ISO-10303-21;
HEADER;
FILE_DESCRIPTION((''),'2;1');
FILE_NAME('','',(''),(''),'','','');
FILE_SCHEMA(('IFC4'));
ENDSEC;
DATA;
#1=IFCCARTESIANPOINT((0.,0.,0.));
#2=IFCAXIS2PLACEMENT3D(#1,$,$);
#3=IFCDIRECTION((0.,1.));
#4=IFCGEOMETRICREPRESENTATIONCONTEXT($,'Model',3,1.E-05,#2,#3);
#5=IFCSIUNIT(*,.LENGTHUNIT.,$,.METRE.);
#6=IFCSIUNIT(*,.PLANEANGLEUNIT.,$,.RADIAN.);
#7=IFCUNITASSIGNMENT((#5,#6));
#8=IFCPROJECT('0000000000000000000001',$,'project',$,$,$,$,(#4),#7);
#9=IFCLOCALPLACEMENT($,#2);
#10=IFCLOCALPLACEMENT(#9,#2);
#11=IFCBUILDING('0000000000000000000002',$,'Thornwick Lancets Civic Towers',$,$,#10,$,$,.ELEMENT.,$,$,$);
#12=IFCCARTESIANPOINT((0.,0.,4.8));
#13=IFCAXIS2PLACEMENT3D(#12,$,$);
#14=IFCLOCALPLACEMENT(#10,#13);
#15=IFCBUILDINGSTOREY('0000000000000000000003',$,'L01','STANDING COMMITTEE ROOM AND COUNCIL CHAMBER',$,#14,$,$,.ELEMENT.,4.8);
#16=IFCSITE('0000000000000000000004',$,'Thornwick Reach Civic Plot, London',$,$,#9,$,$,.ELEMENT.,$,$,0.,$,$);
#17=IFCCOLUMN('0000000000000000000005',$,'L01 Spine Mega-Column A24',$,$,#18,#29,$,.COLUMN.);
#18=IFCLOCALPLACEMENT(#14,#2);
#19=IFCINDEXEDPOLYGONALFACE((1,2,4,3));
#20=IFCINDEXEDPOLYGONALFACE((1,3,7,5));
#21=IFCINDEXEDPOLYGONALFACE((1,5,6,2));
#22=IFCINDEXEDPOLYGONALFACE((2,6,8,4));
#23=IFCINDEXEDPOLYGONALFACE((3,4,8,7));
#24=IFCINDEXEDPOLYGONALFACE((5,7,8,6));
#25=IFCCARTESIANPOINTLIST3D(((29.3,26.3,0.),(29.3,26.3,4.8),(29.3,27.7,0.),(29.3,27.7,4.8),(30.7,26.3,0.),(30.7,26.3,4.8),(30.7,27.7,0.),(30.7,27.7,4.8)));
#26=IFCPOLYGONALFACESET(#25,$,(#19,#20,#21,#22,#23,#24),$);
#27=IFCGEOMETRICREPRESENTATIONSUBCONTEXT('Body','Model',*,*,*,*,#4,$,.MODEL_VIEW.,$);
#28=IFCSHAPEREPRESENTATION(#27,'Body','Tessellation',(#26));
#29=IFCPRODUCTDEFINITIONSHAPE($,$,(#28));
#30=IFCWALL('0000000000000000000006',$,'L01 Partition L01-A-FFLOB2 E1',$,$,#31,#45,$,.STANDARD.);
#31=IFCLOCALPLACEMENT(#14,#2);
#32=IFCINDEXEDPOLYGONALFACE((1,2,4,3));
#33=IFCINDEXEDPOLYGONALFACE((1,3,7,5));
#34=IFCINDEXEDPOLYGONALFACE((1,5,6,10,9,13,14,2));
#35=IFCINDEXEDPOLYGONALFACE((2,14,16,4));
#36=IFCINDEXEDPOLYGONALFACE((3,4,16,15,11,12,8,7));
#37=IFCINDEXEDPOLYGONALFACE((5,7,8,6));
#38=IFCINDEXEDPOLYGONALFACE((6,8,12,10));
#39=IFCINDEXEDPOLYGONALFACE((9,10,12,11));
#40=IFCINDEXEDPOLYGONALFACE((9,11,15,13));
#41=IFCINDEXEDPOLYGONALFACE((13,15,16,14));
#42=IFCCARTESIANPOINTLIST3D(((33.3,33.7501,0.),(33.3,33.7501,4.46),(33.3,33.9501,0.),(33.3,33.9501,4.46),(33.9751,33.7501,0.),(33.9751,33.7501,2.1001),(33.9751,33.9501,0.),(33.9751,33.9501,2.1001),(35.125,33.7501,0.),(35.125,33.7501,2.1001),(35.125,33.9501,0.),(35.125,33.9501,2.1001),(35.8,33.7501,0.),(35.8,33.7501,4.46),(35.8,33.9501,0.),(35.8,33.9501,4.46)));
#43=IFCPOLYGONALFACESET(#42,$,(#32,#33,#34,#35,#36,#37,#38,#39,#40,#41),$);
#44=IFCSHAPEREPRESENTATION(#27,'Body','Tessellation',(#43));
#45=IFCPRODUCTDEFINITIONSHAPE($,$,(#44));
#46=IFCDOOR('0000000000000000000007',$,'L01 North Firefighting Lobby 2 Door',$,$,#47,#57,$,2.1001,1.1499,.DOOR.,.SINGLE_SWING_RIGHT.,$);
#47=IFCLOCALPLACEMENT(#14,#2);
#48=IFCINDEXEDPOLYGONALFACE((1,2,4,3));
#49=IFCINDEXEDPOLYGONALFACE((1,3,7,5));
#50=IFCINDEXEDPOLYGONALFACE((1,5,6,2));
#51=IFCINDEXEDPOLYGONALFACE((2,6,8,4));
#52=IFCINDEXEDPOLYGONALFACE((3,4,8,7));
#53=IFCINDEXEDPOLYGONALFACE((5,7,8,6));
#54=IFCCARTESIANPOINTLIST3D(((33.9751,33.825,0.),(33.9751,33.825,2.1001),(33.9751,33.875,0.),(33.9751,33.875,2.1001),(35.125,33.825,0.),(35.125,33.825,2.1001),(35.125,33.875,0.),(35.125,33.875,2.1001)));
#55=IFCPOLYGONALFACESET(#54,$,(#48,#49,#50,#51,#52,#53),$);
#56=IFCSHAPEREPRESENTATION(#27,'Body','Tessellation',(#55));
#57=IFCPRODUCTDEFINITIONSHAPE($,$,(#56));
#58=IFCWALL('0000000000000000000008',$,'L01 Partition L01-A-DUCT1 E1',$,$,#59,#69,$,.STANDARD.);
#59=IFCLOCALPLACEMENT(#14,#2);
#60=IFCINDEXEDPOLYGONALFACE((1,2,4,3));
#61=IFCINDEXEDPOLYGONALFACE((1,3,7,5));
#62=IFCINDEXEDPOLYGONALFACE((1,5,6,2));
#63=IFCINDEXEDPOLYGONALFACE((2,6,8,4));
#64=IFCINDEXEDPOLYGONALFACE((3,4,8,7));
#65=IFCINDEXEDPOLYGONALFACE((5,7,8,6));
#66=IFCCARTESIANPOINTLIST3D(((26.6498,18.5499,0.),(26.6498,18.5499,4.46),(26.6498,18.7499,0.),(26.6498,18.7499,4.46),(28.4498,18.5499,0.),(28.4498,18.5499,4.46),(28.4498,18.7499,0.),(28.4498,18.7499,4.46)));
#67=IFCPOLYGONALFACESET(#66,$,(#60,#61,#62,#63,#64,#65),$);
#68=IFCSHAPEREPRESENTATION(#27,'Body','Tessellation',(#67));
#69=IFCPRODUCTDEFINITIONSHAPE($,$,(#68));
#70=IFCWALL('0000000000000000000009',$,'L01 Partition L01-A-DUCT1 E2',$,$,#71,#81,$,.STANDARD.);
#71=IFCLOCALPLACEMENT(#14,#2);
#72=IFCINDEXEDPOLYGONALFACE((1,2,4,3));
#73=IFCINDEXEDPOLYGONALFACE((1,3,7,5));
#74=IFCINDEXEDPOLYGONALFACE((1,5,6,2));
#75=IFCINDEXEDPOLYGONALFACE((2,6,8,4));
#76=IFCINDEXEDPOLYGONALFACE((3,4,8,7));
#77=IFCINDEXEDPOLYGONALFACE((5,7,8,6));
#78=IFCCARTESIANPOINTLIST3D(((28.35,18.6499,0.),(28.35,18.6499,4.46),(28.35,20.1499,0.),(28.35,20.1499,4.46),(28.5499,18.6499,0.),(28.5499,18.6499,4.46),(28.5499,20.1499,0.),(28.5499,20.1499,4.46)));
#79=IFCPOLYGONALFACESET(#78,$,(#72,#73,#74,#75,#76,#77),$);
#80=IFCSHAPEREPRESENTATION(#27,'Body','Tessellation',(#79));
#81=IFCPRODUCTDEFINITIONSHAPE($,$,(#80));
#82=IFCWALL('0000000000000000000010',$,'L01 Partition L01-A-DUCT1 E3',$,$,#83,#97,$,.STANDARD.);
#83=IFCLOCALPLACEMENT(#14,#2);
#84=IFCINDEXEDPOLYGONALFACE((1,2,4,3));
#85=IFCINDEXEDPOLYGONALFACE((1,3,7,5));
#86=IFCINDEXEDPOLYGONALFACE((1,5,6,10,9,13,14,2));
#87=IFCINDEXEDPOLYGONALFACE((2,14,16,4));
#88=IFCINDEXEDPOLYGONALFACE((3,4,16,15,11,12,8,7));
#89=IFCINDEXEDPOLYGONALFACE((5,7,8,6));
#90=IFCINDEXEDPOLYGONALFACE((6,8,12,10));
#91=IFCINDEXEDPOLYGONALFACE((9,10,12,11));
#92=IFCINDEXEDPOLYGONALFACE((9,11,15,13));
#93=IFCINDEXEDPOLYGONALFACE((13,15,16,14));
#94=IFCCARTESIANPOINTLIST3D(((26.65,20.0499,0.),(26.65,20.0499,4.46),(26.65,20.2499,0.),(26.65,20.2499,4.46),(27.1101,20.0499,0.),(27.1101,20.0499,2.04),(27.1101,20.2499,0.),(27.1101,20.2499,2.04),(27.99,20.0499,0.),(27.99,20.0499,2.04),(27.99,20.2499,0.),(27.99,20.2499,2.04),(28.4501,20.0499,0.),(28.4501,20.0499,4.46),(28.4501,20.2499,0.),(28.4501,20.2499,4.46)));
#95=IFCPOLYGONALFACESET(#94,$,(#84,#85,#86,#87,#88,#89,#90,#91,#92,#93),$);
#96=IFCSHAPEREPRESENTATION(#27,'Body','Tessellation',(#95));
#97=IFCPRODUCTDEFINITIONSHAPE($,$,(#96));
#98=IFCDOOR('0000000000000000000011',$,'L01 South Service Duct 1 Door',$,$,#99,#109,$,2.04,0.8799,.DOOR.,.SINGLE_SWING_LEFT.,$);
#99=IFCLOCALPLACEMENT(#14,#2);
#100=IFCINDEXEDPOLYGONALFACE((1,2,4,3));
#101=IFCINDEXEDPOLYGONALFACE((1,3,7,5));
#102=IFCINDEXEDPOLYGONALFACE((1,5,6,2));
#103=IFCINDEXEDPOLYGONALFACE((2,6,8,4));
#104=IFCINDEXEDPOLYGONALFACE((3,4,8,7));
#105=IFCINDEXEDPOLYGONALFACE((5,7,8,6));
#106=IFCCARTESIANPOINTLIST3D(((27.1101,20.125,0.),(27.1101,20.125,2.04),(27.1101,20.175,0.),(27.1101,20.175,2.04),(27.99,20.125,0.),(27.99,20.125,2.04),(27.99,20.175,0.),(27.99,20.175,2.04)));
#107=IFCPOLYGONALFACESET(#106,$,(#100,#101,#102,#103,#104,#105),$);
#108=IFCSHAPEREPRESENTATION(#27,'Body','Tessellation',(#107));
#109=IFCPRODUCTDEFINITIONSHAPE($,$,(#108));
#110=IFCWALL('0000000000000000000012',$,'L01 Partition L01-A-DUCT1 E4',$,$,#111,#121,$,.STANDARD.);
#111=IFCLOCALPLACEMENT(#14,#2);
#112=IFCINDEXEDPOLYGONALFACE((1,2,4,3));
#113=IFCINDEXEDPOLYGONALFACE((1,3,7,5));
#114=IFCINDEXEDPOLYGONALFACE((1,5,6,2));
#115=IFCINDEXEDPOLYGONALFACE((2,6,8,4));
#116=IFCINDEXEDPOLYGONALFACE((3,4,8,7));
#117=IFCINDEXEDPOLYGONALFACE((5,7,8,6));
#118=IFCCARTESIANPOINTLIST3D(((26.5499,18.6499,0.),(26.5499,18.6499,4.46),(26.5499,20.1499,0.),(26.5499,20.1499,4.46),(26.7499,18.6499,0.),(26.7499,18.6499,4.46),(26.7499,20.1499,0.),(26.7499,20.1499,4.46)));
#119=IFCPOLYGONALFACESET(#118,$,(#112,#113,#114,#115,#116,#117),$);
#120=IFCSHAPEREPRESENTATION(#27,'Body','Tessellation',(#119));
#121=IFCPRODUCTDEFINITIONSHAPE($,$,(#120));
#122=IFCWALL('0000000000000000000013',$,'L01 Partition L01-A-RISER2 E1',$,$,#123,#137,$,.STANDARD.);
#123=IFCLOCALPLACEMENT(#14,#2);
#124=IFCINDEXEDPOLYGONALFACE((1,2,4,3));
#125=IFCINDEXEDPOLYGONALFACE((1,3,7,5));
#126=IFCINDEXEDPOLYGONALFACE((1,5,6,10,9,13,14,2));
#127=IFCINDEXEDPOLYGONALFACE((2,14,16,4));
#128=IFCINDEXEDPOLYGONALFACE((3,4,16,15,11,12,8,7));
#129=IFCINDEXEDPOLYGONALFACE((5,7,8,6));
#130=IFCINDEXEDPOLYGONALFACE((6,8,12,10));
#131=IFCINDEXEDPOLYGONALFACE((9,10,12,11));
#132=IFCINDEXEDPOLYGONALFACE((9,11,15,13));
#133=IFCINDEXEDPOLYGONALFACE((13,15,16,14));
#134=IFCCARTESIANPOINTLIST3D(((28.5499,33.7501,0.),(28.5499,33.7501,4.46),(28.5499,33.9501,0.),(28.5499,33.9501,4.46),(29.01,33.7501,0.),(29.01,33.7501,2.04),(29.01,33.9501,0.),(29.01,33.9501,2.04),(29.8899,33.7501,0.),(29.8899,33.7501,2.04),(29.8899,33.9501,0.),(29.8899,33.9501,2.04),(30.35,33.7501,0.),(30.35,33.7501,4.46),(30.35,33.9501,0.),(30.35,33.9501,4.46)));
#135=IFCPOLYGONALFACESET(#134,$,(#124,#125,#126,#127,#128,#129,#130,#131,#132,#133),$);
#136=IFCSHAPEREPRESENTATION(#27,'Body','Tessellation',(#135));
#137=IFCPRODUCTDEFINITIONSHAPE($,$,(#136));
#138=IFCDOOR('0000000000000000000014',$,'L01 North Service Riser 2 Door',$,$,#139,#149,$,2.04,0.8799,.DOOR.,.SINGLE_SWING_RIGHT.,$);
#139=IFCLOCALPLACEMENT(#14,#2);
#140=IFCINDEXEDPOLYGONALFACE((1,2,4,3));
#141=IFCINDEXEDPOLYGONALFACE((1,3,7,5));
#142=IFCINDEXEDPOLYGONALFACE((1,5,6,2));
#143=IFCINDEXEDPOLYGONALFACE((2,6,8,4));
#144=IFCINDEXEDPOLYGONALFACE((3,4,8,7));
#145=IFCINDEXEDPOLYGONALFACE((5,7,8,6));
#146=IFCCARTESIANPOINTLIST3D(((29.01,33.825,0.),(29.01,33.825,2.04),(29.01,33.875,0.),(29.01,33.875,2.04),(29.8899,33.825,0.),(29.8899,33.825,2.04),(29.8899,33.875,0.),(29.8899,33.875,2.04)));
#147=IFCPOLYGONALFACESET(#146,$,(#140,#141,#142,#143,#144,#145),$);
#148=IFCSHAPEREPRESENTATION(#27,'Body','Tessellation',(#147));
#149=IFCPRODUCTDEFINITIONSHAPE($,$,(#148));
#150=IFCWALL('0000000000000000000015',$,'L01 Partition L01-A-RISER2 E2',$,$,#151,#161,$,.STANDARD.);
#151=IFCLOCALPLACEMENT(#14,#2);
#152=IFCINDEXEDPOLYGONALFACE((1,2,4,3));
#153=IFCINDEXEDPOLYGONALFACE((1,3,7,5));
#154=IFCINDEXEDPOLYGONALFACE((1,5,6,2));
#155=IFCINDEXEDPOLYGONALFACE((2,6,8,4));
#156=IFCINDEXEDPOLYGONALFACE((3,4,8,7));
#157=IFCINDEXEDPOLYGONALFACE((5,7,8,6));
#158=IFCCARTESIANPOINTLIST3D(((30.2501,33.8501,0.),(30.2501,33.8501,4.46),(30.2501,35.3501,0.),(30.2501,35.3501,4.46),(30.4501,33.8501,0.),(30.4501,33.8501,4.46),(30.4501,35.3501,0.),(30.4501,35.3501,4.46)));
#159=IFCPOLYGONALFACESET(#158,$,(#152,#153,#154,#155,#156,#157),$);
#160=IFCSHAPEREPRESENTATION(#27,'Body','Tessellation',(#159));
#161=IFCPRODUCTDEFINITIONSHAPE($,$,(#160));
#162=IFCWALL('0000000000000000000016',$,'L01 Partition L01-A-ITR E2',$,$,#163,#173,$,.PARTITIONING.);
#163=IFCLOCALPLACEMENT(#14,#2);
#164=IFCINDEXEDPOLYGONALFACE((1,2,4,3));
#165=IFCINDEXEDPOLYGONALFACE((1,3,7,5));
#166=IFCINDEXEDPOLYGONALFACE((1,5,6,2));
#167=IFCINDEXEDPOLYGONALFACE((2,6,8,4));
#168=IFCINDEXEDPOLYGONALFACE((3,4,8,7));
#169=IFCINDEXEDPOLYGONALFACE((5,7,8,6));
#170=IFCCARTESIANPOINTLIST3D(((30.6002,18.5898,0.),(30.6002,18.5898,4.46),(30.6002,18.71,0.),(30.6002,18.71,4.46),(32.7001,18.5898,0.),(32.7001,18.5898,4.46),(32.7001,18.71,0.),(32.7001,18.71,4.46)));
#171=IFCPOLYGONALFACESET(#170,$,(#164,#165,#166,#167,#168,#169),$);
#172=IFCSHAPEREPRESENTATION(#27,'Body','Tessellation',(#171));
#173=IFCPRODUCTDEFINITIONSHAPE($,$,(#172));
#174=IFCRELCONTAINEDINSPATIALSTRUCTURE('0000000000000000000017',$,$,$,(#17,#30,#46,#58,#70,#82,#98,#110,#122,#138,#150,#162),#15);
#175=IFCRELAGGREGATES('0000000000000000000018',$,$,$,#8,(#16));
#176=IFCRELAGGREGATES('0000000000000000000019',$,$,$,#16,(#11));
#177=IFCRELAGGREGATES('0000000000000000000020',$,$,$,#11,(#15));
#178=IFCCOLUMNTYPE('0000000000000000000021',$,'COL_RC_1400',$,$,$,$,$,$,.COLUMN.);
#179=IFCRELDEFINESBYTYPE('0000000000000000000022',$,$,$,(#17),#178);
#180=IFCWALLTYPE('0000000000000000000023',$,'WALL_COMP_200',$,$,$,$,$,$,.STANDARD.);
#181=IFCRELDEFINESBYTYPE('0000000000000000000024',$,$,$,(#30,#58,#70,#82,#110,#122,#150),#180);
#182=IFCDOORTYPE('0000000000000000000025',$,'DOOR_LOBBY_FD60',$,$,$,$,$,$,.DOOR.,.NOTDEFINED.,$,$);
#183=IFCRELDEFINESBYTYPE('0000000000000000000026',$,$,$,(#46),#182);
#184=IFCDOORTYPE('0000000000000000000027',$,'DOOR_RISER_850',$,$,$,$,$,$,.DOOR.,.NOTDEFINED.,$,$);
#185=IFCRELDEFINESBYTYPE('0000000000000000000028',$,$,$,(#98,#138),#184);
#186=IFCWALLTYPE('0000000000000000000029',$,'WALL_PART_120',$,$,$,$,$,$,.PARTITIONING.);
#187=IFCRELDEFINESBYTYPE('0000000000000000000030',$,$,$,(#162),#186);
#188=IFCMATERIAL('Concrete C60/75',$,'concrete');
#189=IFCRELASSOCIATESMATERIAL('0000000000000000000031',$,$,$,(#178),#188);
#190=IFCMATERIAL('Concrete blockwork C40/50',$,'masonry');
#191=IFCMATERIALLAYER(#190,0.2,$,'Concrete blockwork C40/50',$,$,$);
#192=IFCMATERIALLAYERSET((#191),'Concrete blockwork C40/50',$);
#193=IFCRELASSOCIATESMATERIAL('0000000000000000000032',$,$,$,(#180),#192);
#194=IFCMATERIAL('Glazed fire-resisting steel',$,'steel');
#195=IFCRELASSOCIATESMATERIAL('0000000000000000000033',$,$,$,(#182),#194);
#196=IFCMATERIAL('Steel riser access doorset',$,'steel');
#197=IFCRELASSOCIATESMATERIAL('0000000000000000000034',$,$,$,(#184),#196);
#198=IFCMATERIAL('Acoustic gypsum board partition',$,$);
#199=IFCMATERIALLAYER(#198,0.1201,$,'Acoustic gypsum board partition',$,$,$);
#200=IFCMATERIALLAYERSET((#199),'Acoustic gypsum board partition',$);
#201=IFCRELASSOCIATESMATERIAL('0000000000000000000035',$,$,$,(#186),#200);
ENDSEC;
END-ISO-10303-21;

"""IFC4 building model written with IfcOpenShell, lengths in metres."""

from ifc_helpers import new_model, si_unit, direction, frame, frame_2d, origin, origin_2d, place, context, subcontext, project, spatial, rectangle, extrude, material, layer, layer_set, material_profile, profile_set, type_object, element, fill, save


model = new_model("IFC4")

# Units and contexts
model_context = context("Model", 3, precision=1e-05, world=origin(), true_north=direction((0.0, 1.0)))
body_context = subcontext(model_context, "Body", "Model", "MODEL_VIEW")
ifc_project = project(units=[si_unit("LENGTHUNIT", "METRE"), si_unit("PLANEANGLEUNIT", "RADIAN")], contexts=[model_context])

# Site, building, storey
site_placement = place(None, origin())
site = spatial("IfcSite", under=ifc_project, at=site_placement, Name="Thornwick Reach Civic Plot, London", CompositionType="ELEMENT", RefElevation=0.0)
building_placement = place(site_placement, origin())
building = spatial("IfcBuilding", under=site, at=building_placement, Name="Thornwick Lancets Civic Towers", CompositionType="ELEMENT")
storey_placement = place(building_placement, frame((0.0, 0.0, 4.8)))
storey = spatial("IfcBuildingStorey", under=building, at=storey_placement, Name="L01", Description="STANDING COMMITTEE ROOM AND COUNCIL CHAMBER", CompositionType="ELEMENT", Elevation=4.8)

# Column
ifc_material_1 = material(Name="Concrete C60/75", Category="concrete")
ifc_material_profile = material_profile(ifc_material_1, rectangle(XDim=1.3999, YDim=1.3999, at=origin_2d()), Name="RC 1400x1400")
ifc_profile_set = profile_set([ifc_material_profile], Name="Concrete C60/75")
column_type = type_object("IfcColumnType", Name="COL_RC_1400", PredefinedType="COLUMN", material=ifc_profile_set)
column_placement = place(storey_placement, frame((30.0, 27.0, 0.0), z_axis=(0.0, 0.0, 1.0), x_axis=(1.0, 0.0, 0.0)))
element("IfcColumn", 1, at=column_placement, inside=storey, type_object=column_type, Name="L01 Spine Mega-Column A24", PredefinedType="COLUMN", context=body_context, shape_type="SweptSolid", body=[
    extrude(rectangle(XDim=1.3999, YDim=1.3999, at=origin_2d()), origin(), (0.0, 0.0, 1.0), 4.8),
])

# Wall, opening, door
ifc_material_2 = material(Name="Concrete blockwork C40/50", Category="masonry")
ifc_layer_1 = layer(ifc_material_2, 0.2, Name="Concrete blockwork C40/50")
ifc_layer_set_1 = layer_set([ifc_layer_1], Name="Concrete blockwork C40/50")
wall_type_1 = type_object("IfcWallType", Name="WALL_COMP_200", PredefinedType="STANDARD", material=ifc_layer_set_1)
wall_1_placement = place(storey_placement, frame((33.3, 33.8501, 0.0), z_axis=(0.0, 0.0, 1.0), x_axis=(1.0, 0.0, 0.0)))
wall_1 = element("IfcWall", 2, at=wall_1_placement, inside=storey, type_object=wall_type_1, Name="L01 Partition L01-A-FFLOB2 E1", PredefinedType="STANDARD", context=body_context, shape_type="SweptSolid", body=[
    extrude(rectangle(XDim=2.5, YDim=0.2, at=frame_2d((1.25, 0.0))), origin(), (0.0, 0.0, 1.0), 4.46),
])
opening_1_placement = place(wall_1_placement, frame((0.675, 0.0, 0.0)))
opening_1 = element("IfcOpeningElement", 3, at=opening_1_placement, cuts=wall_1, PredefinedType="OPENING", context=body_context, shape_type="SweptSolid", body=[
    extrude(rectangle(XDim=1.1499, YDim=2.1001, at=frame_2d((0.575, 1.05))), frame((0.0, 0.1099, 0.0), z_axis=(0.0, -1.0, 0.0), x_axis=(1.0, 0.0, 0.0)), (0.0, 0.0, 1.0), 0.22),
])
ifc_material_3 = material(Name="Glazed fire-resisting steel", Category="steel")
door_type_1 = type_object("IfcDoorType", Name="DOOR_LOBBY_FD60", OperationType="NOTDEFINED", PredefinedType="DOOR", material=ifc_material_3)
door_1_placement = place(opening_1_placement, origin())
door_1 = element("IfcDoor", 4, at=door_1_placement, inside=storey, type_object=door_type_1, Name="L01 North Firefighting Lobby 2 Door", OperationType="SINGLE_SWING_RIGHT", OverallHeight=2.1001, OverallWidth=1.1499, PredefinedType="DOOR", context=body_context, shape_type="SweptSolid", body=[
    extrude(rectangle(XDim=1.1499, YDim=2.1001, at=frame_2d((0.575, 1.05))), frame((0.0, 0.0249, 0.0), z_axis=(0.0, -1.0, 0.0), x_axis=(1.0, 0.0, 0.0)), (0.0, 0.0, 1.0), 0.05),
])
fill(opening_1, door_1)

# Walls
wall_2_placement = place(storey_placement, frame((26.6499, 18.6499, 0.0), z_axis=(0.0, 0.0, 1.0), x_axis=(1.0, 0.0, 0.0)))
element("IfcWall", 5, at=wall_2_placement, inside=storey, type_object=wall_type_1, Name="L01 Partition L01-A-DUCT1 E1", PredefinedType="STANDARD", context=body_context, shape_type="SweptSolid", body=[
    extrude(rectangle(XDim=1.8, YDim=0.2, at=frame_2d((0.8999, 0.0))), origin(), (0.0, 0.0, 1.0), 4.46),
])
wall_3_placement = place(storey_placement, frame((28.45, 18.6499, 0.0), z_axis=(0.0, 0.0, 1.0), x_axis=(0.0, 1.0, 0.0)))
element("IfcWall", 6, at=wall_3_placement, inside=storey, type_object=wall_type_1, Name="L01 Partition L01-A-DUCT1 E2", PredefinedType="STANDARD", context=body_context, shape_type="SweptSolid", body=[
    extrude(rectangle(XDim=1.5, YDim=0.2, at=frame_2d((0.75, 0.0))), origin(), (0.0, 0.0, 1.0), 4.46),
])

# Wall, opening, door
wall_4_placement = place(storey_placement, frame((28.45, 20.1499, 0.0), z_axis=(0.0, 0.0, 1.0), x_axis=(-1.0, 0.0, 0.0)))
wall_4 = element("IfcWall", 7, at=wall_4_placement, inside=storey, type_object=wall_type_1, Name="L01 Partition L01-A-DUCT1 E3", PredefinedType="STANDARD", context=body_context, shape_type="SweptSolid", body=[
    extrude(rectangle(XDim=1.8, YDim=0.2, at=frame_2d((0.8999, 0.0))), origin(), (0.0, 0.0, 1.0), 4.46),
])
opening_2_placement = place(wall_4_placement, frame((0.46, 0.0, 0.0)))
opening_2 = element("IfcOpeningElement", 8, at=opening_2_placement, cuts=wall_4, PredefinedType="OPENING", context=body_context, shape_type="SweptSolid", body=[
    extrude(rectangle(XDim=0.8799, YDim=2.04, at=frame_2d((0.4399, 1.02))), frame((0.0, 0.1099, 0.0), z_axis=(0.0, -1.0, 0.0), x_axis=(1.0, 0.0, 0.0)), (0.0, 0.0, 1.0), 0.22),
])
ifc_material_4 = material(Name="Steel riser access doorset", Category="steel")
door_type_2 = type_object("IfcDoorType", Name="DOOR_RISER_850", OperationType="NOTDEFINED", PredefinedType="DOOR", material=ifc_material_4)
door_2_placement = place(opening_2_placement, origin())
door_2 = element("IfcDoor", 9, at=door_2_placement, inside=storey, type_object=door_type_2, Name="L01 South Service Duct 1 Door", OperationType="SINGLE_SWING_LEFT", OverallHeight=2.04, OverallWidth=0.8799, PredefinedType="DOOR", context=body_context, shape_type="SweptSolid", body=[
    extrude(rectangle(XDim=0.8799, YDim=2.04, at=frame_2d((0.4399, 1.02))), frame((0.0, 0.0249, 0.0), z_axis=(0.0, -1.0, 0.0), x_axis=(1.0, 0.0, 0.0)), (0.0, 0.0, 1.0), 0.05),
])
fill(opening_2, door_2)

# Wall
wall_5_placement = place(storey_placement, frame((26.6499, 20.1499, 0.0), z_axis=(0.0, 0.0, 1.0), x_axis=(0.0, -1.0, 0.0)))
element("IfcWall", 10, at=wall_5_placement, inside=storey, type_object=wall_type_1, Name="L01 Partition L01-A-DUCT1 E4", PredefinedType="STANDARD", context=body_context, shape_type="SweptSolid", body=[
    extrude(rectangle(XDim=1.5, YDim=0.2, at=frame_2d((0.75, 0.0))), origin(), (0.0, 0.0, 1.0), 4.46),
])

# Wall, opening, door
wall_6_placement = place(storey_placement, frame((28.55, 33.8501, 0.0), z_axis=(0.0, 0.0, 1.0), x_axis=(1.0, 0.0, 0.0)))
wall_6 = element("IfcWall", 11, at=wall_6_placement, inside=storey, type_object=wall_type_1, Name="L01 Partition L01-A-RISER2 E1", PredefinedType="STANDARD", context=body_context, shape_type="SweptSolid", body=[
    extrude(rectangle(XDim=1.8, YDim=0.2, at=frame_2d((0.8999, 0.0))), origin(), (0.0, 0.0, 1.0), 4.46),
])
opening_3_placement = place(wall_6_placement, frame((0.46, 0.0, 0.0)))
opening_3 = element("IfcOpeningElement", 12, at=opening_3_placement, cuts=wall_6, PredefinedType="OPENING", context=body_context, shape_type="SweptSolid", body=[
    extrude(rectangle(XDim=0.8799, YDim=2.04, at=frame_2d((0.4399, 1.02))), frame((0.0, 0.1099, 0.0), z_axis=(0.0, -1.0, 0.0), x_axis=(1.0, 0.0, 0.0)), (0.0, 0.0, 1.0), 0.22),
])
door_3_placement = place(opening_3_placement, origin())
door_3 = element("IfcDoor", 13, at=door_3_placement, inside=storey, type_object=door_type_2, Name="L01 North Service Riser 2 Door", OperationType="SINGLE_SWING_RIGHT", OverallHeight=2.04, OverallWidth=0.8799, PredefinedType="DOOR", context=body_context, shape_type="SweptSolid", body=[
    extrude(rectangle(XDim=0.8799, YDim=2.04, at=frame_2d((0.4399, 1.02))), frame((0.0, 0.0249, 0.0), z_axis=(0.0, -1.0, 0.0), x_axis=(1.0, 0.0, 0.0)), (0.0, 0.0, 1.0), 0.05),
])
fill(opening_3, door_3)

# Walls
wall_7_placement = place(storey_placement, frame((30.3501, 33.8501, 0.0), z_axis=(0.0, 0.0, 1.0), x_axis=(0.0, 1.0, 0.0)))
element("IfcWall", 14, at=wall_7_placement, inside=storey, type_object=wall_type_1, Name="L01 Partition L01-A-RISER2 E2", PredefinedType="STANDARD", context=body_context, shape_type="SweptSolid", body=[
    extrude(rectangle(XDim=1.5, YDim=0.2, at=frame_2d((0.75, 0.0))), origin(), (0.0, 0.0, 1.0), 4.46),
])
ifc_material_5 = material(Name="Acoustic gypsum board partition")
ifc_layer_2 = layer(ifc_material_5, 0.1201, Name="Acoustic gypsum board partition")
ifc_layer_set_2 = layer_set([ifc_layer_2], Name="Acoustic gypsum board partition")
wall_type_2 = type_object("IfcWallType", Name="WALL_PART_120", PredefinedType="PARTITIONING", material=ifc_layer_set_2)
wall_8_placement = place(storey_placement, frame((32.7, 18.6499, 0.0), z_axis=(0.0, 0.0, 1.0), x_axis=(-1.0, 0.0, 0.0)))
element("IfcWall", 15, at=wall_8_placement, inside=storey, type_object=wall_type_2, Name="L01 Partition L01-A-ITR E2", PredefinedType="PARTITIONING", context=body_context, shape_type="SweptSolid", body=[
    extrude(rectangle(XDim=2.0999, YDim=0.1201, at=frame_2d((1.0498, 0.0))), origin(), (0.0, 0.0, 1.0), 4.46),
])

save(model, "model.ifc")
